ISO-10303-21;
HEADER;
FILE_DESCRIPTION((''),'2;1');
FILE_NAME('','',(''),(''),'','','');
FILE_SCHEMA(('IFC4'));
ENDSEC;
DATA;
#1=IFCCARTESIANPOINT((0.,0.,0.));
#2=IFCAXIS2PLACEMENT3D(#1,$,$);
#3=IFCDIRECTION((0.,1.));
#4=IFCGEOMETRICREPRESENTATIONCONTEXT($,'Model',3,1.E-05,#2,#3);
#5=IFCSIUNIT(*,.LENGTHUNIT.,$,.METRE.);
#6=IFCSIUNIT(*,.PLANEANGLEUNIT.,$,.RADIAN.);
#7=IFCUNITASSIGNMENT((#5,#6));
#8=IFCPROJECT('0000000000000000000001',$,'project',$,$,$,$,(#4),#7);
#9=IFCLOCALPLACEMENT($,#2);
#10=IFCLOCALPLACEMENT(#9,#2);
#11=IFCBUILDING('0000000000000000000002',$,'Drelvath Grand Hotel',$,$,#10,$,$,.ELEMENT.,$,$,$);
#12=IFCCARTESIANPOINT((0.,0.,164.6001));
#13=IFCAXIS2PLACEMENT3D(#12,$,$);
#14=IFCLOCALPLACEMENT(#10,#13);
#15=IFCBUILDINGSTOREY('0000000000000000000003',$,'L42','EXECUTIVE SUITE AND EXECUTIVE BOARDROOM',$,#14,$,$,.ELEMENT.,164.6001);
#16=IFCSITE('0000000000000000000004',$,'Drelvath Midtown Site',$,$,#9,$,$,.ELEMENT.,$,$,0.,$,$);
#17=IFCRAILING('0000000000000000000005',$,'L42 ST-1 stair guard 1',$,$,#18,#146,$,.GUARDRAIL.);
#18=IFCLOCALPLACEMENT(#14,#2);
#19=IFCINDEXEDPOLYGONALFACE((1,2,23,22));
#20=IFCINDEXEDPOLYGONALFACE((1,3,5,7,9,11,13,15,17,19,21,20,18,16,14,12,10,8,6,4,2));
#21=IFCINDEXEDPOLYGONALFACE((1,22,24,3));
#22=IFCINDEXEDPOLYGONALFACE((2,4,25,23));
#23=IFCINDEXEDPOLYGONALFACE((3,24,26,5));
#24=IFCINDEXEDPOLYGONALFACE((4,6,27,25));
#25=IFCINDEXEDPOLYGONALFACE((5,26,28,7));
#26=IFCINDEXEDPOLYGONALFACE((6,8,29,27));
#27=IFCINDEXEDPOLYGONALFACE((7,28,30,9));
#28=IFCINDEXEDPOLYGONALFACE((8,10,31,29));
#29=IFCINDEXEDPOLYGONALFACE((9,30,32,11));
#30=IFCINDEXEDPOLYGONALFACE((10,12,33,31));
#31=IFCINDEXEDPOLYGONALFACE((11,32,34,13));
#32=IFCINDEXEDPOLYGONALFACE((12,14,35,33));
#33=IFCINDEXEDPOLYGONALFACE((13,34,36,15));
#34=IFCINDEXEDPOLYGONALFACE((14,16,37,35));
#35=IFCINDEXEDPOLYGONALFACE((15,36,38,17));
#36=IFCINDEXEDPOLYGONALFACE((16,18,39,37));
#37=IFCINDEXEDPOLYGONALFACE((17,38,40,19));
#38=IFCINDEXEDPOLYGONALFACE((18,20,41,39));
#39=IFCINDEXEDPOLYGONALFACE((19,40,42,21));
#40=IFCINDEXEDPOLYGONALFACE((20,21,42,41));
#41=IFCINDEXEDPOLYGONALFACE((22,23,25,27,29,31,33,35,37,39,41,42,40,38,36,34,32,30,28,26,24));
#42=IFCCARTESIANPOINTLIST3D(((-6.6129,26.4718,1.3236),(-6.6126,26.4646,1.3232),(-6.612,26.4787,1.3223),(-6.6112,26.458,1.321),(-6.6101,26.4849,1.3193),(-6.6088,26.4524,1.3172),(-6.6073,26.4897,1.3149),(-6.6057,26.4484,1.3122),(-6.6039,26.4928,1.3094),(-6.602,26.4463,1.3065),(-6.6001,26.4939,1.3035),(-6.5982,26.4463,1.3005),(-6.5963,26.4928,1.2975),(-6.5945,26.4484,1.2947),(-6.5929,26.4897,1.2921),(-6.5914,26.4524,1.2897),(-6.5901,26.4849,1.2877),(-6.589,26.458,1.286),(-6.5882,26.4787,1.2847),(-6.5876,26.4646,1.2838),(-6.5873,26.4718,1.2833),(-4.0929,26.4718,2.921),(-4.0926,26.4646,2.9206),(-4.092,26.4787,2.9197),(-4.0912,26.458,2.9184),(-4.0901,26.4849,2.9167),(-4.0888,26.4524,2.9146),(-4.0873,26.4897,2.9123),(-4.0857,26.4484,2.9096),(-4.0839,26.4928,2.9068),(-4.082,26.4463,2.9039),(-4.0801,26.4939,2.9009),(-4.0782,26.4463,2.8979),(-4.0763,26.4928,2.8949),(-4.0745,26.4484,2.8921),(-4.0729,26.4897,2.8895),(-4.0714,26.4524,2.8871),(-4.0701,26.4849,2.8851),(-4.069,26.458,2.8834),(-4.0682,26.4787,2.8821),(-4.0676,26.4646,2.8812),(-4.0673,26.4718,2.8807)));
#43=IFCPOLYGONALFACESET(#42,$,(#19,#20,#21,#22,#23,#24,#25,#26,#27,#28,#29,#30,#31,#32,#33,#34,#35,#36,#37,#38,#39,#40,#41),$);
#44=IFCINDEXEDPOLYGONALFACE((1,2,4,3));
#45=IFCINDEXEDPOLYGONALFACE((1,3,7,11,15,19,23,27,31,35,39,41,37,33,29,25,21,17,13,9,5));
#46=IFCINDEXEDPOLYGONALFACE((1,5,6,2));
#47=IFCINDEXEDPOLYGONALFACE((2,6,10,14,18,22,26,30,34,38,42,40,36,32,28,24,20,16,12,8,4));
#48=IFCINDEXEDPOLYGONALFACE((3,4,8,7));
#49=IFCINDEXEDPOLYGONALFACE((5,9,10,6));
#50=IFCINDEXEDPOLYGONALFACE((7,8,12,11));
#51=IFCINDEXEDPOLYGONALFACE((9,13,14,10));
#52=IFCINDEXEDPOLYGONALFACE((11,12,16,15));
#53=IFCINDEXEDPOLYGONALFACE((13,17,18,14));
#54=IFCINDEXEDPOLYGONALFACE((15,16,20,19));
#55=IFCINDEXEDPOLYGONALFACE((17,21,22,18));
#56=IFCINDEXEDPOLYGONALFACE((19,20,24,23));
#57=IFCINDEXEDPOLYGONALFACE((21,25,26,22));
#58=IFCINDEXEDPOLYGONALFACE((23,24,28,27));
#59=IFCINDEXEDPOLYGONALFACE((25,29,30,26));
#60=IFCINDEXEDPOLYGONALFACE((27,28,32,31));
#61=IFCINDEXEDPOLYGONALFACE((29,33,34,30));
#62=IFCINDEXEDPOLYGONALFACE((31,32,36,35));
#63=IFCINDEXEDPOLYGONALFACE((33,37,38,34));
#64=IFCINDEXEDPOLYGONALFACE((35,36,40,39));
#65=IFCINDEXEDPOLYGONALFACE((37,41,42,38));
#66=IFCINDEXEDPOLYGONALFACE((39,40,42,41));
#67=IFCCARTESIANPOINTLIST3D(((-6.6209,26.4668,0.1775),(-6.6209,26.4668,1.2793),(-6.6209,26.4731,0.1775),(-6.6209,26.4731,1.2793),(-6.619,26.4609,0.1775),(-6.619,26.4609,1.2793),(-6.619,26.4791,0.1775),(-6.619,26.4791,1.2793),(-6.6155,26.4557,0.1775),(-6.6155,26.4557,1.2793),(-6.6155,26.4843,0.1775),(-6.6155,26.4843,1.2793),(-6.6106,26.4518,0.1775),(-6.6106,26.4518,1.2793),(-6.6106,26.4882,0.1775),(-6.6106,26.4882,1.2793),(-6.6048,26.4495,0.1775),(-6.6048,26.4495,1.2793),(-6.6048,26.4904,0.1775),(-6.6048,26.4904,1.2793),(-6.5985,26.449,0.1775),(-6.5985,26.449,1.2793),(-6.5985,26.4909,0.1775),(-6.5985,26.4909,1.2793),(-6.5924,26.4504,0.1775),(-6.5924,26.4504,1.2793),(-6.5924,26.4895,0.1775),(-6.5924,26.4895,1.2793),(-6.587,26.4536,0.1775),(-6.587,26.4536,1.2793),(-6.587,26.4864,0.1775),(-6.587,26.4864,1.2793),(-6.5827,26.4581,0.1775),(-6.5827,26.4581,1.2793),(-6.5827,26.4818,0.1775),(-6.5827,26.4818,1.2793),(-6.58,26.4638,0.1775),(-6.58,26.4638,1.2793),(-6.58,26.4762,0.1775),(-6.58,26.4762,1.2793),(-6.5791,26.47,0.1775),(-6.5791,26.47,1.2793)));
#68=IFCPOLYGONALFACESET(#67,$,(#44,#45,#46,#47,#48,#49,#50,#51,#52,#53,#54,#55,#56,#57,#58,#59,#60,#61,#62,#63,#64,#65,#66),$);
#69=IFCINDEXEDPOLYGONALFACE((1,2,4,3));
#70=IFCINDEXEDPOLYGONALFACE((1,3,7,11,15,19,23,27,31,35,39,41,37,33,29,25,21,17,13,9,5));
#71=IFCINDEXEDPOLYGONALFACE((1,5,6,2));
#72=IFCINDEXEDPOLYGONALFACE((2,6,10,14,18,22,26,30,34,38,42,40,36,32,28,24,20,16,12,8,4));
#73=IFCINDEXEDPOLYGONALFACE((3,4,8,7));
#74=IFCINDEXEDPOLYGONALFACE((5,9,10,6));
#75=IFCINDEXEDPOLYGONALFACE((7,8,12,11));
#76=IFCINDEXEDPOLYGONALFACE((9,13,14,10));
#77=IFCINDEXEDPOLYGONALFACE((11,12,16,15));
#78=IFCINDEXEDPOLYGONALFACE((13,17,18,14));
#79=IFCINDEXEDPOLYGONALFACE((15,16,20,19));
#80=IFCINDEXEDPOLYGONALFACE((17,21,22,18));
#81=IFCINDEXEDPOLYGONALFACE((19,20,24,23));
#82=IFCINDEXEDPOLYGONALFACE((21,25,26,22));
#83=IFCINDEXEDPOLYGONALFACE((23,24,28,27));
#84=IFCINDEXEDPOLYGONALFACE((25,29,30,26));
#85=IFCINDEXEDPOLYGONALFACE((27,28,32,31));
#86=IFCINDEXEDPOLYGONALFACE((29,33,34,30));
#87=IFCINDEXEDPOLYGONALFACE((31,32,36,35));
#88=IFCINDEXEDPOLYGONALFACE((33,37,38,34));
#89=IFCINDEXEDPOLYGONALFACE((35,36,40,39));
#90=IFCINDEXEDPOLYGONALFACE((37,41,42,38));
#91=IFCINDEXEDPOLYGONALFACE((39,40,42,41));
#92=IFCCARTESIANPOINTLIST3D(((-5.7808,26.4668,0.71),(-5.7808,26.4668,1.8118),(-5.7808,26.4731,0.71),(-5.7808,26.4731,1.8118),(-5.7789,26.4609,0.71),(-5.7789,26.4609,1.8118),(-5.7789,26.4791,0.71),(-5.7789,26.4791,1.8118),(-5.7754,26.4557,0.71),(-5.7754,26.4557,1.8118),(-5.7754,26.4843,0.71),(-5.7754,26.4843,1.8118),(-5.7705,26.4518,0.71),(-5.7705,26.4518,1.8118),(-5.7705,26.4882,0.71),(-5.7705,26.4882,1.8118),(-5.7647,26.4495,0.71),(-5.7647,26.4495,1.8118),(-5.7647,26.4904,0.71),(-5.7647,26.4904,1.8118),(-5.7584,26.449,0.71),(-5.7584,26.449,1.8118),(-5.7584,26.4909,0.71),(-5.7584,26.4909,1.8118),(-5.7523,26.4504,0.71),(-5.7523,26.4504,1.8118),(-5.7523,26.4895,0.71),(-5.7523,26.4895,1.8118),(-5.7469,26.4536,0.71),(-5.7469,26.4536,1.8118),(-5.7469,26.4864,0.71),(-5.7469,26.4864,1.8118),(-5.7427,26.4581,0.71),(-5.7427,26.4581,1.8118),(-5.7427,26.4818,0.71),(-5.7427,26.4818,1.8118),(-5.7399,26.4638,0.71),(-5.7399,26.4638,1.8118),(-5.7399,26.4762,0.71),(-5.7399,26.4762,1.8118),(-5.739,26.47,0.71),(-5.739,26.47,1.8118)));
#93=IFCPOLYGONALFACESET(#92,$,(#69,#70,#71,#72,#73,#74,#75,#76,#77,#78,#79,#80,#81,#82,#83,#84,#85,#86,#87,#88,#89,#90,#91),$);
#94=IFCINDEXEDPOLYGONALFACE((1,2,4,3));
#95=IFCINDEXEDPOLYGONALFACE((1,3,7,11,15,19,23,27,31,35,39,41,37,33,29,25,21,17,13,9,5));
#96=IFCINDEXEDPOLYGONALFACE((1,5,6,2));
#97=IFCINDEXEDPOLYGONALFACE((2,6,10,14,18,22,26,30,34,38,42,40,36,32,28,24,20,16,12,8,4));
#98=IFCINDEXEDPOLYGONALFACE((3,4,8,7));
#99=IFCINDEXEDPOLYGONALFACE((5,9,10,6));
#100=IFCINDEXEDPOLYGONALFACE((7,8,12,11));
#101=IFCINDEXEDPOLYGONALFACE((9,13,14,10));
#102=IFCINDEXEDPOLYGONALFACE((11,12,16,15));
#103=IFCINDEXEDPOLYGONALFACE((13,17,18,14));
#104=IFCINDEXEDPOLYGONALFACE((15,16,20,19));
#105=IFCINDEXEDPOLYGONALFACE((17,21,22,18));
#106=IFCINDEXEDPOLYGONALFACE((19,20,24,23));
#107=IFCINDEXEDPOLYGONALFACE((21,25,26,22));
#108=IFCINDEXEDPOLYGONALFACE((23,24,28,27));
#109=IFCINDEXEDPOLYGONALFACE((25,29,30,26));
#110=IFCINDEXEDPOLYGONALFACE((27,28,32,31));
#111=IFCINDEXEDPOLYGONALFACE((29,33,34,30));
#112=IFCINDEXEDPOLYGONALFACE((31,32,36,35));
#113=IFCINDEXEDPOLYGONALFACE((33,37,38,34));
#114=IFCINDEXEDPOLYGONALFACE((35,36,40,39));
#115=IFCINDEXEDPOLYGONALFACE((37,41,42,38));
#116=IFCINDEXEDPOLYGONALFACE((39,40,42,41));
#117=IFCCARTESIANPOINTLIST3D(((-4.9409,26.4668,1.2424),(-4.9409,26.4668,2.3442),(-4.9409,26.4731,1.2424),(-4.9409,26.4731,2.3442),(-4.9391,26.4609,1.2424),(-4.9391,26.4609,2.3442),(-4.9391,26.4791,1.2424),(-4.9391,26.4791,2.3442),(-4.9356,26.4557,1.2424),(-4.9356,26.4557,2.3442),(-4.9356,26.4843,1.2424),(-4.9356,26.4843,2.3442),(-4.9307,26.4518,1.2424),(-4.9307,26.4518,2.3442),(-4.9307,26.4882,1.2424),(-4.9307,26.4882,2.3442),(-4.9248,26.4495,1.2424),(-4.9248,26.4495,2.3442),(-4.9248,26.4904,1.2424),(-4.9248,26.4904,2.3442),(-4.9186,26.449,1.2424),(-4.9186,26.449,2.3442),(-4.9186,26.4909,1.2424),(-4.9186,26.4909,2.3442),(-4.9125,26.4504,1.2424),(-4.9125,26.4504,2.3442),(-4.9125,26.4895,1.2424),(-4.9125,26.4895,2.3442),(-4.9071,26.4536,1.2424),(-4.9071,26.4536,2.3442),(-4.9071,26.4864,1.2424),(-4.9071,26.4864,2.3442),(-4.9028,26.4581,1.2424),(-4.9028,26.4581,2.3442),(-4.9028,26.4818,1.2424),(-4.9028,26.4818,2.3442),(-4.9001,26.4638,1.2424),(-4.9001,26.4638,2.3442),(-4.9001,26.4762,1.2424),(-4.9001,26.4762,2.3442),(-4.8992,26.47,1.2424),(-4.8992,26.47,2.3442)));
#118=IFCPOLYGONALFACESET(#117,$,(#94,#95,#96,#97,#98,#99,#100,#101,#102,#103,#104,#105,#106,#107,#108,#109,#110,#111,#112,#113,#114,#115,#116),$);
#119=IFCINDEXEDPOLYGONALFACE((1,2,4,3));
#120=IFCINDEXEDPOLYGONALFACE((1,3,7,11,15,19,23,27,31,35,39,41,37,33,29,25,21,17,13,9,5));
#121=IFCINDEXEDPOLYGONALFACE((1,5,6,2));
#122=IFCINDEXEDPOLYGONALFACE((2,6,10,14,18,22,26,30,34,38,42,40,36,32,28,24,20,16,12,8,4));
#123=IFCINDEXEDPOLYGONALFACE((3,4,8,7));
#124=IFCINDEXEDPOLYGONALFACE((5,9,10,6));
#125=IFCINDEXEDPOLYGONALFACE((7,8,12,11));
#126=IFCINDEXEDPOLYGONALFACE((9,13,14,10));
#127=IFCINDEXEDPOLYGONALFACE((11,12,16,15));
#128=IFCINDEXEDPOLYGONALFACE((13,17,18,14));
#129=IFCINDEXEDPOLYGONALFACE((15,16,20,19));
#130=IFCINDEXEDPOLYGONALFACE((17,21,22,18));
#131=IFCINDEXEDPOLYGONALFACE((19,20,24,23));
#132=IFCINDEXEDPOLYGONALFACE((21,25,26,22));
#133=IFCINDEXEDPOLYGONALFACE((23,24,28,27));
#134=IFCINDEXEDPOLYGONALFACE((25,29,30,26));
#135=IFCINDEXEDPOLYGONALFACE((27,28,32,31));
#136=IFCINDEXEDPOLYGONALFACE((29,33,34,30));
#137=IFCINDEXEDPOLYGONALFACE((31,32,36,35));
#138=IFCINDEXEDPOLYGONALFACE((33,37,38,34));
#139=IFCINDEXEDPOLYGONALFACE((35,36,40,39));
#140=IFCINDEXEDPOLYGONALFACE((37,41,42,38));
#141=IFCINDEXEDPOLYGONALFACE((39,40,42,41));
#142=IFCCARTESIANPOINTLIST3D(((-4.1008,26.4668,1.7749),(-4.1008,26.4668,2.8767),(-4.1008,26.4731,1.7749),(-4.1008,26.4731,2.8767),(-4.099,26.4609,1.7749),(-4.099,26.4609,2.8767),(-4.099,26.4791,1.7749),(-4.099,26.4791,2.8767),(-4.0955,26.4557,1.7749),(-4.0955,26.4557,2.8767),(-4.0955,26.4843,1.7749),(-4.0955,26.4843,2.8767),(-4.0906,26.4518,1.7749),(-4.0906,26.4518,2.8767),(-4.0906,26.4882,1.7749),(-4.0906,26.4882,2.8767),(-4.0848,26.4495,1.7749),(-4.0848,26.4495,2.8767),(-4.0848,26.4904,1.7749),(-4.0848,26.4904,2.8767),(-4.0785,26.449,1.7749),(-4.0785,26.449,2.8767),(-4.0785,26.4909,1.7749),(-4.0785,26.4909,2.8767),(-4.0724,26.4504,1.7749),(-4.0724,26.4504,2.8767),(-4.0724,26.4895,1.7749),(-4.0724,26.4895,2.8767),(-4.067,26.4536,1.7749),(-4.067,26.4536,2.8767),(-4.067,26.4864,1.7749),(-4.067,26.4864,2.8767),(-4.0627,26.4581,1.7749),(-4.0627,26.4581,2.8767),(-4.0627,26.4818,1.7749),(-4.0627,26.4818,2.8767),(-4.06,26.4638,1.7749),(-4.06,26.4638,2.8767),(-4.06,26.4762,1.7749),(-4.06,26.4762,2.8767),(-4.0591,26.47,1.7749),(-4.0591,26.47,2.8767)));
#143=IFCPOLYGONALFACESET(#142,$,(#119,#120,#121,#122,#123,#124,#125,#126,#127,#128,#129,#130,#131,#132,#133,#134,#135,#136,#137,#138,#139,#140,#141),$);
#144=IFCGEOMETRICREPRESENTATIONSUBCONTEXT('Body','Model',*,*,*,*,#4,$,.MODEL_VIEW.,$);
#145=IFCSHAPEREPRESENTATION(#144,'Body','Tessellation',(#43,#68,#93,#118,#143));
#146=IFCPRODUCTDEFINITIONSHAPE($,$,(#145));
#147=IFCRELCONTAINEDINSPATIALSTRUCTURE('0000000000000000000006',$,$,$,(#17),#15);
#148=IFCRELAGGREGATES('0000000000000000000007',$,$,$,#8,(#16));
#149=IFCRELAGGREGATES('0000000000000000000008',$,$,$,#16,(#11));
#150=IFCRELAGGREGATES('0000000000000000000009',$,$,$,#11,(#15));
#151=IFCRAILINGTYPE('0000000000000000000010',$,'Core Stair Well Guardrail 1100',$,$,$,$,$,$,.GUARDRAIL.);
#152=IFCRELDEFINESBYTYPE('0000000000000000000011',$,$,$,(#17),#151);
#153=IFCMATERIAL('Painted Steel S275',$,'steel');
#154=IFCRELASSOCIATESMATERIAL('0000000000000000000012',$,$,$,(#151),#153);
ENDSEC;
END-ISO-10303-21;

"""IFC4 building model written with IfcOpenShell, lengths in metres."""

from ifc_helpers import new_model, si_unit, direction, frame, origin, origin_2d, place, context, subcontext, project, spatial, circle, extrude, material, type_object, element, save


model = new_model("IFC4")

# Units and contexts
model_context = context("Model", 3, precision=1e-05, world=origin(), true_north=direction((0.0, 1.0)))
body_context = subcontext(model_context, "Body", "Model", "MODEL_VIEW")
ifc_project = project(units=[si_unit("LENGTHUNIT", "METRE"), si_unit("PLANEANGLEUNIT", "RADIAN")], contexts=[model_context])

# Site, building, storey
site_placement = place(None, origin())
site = spatial("IfcSite", under=ifc_project, at=site_placement, Name="Drelvath Midtown Site", CompositionType="ELEMENT", RefElevation=0.0)
building_placement = place(site_placement, origin())
building = spatial("IfcBuilding", under=site, at=building_placement, Name="Drelvath Grand Hotel", CompositionType="ELEMENT")
storey_placement = place(building_placement, frame((0.0, 0.0, 164.6001)))
storey = spatial("IfcBuildingStorey", under=building, at=storey_placement, Name="L42", Description="EXECUTIVE SUITE AND EXECUTIVE BOARDROOM", CompositionType="ELEMENT", Elevation=164.6001)

# Railing
ifc_material_1 = material(Name="Painted Steel S275", Category="steel")
railing_type_1 = type_object("IfcRailingType", Name="Core Stair Well Guardrail 1100", PredefinedType="GUARDRAIL", material=ifc_material_1)
railing_1_placement = place(storey_placement, frame((-6.6001, 26.47, 0.1775)))
element("IfcRailing", 1, at=railing_1_placement, inside=storey, type_object=railing_type_1, Name="L42 ST-1 stair guard 1", PredefinedType="GUARDRAIL", context=body_context, shape_type="SweptSolid", body=[
    extrude(circle(Radius=0.0239, at=origin_2d()), frame((0.0, 0.0, 1.126), z_axis=(0.844607, 0.0, 0.535387), x_axis=(0.0, 1.0, 0.0)), (0.0, 0.0, 1.0), 2.9836),
    extrude(circle(Radius=0.021, at=origin_2d()), origin(), (0.0, 0.0, 1.0), 1.1018),
    extrude(circle(Radius=0.021, at=origin_2d()), frame((0.8401, 0.0, 0.5325)), (0.0, 0.0, 1.0), 1.1018),
    extrude(circle(Radius=0.021, at=origin_2d()), frame((1.6799, 0.0, 1.0649)), (0.0, 0.0, 1.0), 1.1018),
    extrude(circle(Radius=0.021, at=origin_2d()), frame((2.52, 0.0, 1.5974)), (0.0, 0.0, 1.0), 1.1018),
])

save(model, "model.ifc")
